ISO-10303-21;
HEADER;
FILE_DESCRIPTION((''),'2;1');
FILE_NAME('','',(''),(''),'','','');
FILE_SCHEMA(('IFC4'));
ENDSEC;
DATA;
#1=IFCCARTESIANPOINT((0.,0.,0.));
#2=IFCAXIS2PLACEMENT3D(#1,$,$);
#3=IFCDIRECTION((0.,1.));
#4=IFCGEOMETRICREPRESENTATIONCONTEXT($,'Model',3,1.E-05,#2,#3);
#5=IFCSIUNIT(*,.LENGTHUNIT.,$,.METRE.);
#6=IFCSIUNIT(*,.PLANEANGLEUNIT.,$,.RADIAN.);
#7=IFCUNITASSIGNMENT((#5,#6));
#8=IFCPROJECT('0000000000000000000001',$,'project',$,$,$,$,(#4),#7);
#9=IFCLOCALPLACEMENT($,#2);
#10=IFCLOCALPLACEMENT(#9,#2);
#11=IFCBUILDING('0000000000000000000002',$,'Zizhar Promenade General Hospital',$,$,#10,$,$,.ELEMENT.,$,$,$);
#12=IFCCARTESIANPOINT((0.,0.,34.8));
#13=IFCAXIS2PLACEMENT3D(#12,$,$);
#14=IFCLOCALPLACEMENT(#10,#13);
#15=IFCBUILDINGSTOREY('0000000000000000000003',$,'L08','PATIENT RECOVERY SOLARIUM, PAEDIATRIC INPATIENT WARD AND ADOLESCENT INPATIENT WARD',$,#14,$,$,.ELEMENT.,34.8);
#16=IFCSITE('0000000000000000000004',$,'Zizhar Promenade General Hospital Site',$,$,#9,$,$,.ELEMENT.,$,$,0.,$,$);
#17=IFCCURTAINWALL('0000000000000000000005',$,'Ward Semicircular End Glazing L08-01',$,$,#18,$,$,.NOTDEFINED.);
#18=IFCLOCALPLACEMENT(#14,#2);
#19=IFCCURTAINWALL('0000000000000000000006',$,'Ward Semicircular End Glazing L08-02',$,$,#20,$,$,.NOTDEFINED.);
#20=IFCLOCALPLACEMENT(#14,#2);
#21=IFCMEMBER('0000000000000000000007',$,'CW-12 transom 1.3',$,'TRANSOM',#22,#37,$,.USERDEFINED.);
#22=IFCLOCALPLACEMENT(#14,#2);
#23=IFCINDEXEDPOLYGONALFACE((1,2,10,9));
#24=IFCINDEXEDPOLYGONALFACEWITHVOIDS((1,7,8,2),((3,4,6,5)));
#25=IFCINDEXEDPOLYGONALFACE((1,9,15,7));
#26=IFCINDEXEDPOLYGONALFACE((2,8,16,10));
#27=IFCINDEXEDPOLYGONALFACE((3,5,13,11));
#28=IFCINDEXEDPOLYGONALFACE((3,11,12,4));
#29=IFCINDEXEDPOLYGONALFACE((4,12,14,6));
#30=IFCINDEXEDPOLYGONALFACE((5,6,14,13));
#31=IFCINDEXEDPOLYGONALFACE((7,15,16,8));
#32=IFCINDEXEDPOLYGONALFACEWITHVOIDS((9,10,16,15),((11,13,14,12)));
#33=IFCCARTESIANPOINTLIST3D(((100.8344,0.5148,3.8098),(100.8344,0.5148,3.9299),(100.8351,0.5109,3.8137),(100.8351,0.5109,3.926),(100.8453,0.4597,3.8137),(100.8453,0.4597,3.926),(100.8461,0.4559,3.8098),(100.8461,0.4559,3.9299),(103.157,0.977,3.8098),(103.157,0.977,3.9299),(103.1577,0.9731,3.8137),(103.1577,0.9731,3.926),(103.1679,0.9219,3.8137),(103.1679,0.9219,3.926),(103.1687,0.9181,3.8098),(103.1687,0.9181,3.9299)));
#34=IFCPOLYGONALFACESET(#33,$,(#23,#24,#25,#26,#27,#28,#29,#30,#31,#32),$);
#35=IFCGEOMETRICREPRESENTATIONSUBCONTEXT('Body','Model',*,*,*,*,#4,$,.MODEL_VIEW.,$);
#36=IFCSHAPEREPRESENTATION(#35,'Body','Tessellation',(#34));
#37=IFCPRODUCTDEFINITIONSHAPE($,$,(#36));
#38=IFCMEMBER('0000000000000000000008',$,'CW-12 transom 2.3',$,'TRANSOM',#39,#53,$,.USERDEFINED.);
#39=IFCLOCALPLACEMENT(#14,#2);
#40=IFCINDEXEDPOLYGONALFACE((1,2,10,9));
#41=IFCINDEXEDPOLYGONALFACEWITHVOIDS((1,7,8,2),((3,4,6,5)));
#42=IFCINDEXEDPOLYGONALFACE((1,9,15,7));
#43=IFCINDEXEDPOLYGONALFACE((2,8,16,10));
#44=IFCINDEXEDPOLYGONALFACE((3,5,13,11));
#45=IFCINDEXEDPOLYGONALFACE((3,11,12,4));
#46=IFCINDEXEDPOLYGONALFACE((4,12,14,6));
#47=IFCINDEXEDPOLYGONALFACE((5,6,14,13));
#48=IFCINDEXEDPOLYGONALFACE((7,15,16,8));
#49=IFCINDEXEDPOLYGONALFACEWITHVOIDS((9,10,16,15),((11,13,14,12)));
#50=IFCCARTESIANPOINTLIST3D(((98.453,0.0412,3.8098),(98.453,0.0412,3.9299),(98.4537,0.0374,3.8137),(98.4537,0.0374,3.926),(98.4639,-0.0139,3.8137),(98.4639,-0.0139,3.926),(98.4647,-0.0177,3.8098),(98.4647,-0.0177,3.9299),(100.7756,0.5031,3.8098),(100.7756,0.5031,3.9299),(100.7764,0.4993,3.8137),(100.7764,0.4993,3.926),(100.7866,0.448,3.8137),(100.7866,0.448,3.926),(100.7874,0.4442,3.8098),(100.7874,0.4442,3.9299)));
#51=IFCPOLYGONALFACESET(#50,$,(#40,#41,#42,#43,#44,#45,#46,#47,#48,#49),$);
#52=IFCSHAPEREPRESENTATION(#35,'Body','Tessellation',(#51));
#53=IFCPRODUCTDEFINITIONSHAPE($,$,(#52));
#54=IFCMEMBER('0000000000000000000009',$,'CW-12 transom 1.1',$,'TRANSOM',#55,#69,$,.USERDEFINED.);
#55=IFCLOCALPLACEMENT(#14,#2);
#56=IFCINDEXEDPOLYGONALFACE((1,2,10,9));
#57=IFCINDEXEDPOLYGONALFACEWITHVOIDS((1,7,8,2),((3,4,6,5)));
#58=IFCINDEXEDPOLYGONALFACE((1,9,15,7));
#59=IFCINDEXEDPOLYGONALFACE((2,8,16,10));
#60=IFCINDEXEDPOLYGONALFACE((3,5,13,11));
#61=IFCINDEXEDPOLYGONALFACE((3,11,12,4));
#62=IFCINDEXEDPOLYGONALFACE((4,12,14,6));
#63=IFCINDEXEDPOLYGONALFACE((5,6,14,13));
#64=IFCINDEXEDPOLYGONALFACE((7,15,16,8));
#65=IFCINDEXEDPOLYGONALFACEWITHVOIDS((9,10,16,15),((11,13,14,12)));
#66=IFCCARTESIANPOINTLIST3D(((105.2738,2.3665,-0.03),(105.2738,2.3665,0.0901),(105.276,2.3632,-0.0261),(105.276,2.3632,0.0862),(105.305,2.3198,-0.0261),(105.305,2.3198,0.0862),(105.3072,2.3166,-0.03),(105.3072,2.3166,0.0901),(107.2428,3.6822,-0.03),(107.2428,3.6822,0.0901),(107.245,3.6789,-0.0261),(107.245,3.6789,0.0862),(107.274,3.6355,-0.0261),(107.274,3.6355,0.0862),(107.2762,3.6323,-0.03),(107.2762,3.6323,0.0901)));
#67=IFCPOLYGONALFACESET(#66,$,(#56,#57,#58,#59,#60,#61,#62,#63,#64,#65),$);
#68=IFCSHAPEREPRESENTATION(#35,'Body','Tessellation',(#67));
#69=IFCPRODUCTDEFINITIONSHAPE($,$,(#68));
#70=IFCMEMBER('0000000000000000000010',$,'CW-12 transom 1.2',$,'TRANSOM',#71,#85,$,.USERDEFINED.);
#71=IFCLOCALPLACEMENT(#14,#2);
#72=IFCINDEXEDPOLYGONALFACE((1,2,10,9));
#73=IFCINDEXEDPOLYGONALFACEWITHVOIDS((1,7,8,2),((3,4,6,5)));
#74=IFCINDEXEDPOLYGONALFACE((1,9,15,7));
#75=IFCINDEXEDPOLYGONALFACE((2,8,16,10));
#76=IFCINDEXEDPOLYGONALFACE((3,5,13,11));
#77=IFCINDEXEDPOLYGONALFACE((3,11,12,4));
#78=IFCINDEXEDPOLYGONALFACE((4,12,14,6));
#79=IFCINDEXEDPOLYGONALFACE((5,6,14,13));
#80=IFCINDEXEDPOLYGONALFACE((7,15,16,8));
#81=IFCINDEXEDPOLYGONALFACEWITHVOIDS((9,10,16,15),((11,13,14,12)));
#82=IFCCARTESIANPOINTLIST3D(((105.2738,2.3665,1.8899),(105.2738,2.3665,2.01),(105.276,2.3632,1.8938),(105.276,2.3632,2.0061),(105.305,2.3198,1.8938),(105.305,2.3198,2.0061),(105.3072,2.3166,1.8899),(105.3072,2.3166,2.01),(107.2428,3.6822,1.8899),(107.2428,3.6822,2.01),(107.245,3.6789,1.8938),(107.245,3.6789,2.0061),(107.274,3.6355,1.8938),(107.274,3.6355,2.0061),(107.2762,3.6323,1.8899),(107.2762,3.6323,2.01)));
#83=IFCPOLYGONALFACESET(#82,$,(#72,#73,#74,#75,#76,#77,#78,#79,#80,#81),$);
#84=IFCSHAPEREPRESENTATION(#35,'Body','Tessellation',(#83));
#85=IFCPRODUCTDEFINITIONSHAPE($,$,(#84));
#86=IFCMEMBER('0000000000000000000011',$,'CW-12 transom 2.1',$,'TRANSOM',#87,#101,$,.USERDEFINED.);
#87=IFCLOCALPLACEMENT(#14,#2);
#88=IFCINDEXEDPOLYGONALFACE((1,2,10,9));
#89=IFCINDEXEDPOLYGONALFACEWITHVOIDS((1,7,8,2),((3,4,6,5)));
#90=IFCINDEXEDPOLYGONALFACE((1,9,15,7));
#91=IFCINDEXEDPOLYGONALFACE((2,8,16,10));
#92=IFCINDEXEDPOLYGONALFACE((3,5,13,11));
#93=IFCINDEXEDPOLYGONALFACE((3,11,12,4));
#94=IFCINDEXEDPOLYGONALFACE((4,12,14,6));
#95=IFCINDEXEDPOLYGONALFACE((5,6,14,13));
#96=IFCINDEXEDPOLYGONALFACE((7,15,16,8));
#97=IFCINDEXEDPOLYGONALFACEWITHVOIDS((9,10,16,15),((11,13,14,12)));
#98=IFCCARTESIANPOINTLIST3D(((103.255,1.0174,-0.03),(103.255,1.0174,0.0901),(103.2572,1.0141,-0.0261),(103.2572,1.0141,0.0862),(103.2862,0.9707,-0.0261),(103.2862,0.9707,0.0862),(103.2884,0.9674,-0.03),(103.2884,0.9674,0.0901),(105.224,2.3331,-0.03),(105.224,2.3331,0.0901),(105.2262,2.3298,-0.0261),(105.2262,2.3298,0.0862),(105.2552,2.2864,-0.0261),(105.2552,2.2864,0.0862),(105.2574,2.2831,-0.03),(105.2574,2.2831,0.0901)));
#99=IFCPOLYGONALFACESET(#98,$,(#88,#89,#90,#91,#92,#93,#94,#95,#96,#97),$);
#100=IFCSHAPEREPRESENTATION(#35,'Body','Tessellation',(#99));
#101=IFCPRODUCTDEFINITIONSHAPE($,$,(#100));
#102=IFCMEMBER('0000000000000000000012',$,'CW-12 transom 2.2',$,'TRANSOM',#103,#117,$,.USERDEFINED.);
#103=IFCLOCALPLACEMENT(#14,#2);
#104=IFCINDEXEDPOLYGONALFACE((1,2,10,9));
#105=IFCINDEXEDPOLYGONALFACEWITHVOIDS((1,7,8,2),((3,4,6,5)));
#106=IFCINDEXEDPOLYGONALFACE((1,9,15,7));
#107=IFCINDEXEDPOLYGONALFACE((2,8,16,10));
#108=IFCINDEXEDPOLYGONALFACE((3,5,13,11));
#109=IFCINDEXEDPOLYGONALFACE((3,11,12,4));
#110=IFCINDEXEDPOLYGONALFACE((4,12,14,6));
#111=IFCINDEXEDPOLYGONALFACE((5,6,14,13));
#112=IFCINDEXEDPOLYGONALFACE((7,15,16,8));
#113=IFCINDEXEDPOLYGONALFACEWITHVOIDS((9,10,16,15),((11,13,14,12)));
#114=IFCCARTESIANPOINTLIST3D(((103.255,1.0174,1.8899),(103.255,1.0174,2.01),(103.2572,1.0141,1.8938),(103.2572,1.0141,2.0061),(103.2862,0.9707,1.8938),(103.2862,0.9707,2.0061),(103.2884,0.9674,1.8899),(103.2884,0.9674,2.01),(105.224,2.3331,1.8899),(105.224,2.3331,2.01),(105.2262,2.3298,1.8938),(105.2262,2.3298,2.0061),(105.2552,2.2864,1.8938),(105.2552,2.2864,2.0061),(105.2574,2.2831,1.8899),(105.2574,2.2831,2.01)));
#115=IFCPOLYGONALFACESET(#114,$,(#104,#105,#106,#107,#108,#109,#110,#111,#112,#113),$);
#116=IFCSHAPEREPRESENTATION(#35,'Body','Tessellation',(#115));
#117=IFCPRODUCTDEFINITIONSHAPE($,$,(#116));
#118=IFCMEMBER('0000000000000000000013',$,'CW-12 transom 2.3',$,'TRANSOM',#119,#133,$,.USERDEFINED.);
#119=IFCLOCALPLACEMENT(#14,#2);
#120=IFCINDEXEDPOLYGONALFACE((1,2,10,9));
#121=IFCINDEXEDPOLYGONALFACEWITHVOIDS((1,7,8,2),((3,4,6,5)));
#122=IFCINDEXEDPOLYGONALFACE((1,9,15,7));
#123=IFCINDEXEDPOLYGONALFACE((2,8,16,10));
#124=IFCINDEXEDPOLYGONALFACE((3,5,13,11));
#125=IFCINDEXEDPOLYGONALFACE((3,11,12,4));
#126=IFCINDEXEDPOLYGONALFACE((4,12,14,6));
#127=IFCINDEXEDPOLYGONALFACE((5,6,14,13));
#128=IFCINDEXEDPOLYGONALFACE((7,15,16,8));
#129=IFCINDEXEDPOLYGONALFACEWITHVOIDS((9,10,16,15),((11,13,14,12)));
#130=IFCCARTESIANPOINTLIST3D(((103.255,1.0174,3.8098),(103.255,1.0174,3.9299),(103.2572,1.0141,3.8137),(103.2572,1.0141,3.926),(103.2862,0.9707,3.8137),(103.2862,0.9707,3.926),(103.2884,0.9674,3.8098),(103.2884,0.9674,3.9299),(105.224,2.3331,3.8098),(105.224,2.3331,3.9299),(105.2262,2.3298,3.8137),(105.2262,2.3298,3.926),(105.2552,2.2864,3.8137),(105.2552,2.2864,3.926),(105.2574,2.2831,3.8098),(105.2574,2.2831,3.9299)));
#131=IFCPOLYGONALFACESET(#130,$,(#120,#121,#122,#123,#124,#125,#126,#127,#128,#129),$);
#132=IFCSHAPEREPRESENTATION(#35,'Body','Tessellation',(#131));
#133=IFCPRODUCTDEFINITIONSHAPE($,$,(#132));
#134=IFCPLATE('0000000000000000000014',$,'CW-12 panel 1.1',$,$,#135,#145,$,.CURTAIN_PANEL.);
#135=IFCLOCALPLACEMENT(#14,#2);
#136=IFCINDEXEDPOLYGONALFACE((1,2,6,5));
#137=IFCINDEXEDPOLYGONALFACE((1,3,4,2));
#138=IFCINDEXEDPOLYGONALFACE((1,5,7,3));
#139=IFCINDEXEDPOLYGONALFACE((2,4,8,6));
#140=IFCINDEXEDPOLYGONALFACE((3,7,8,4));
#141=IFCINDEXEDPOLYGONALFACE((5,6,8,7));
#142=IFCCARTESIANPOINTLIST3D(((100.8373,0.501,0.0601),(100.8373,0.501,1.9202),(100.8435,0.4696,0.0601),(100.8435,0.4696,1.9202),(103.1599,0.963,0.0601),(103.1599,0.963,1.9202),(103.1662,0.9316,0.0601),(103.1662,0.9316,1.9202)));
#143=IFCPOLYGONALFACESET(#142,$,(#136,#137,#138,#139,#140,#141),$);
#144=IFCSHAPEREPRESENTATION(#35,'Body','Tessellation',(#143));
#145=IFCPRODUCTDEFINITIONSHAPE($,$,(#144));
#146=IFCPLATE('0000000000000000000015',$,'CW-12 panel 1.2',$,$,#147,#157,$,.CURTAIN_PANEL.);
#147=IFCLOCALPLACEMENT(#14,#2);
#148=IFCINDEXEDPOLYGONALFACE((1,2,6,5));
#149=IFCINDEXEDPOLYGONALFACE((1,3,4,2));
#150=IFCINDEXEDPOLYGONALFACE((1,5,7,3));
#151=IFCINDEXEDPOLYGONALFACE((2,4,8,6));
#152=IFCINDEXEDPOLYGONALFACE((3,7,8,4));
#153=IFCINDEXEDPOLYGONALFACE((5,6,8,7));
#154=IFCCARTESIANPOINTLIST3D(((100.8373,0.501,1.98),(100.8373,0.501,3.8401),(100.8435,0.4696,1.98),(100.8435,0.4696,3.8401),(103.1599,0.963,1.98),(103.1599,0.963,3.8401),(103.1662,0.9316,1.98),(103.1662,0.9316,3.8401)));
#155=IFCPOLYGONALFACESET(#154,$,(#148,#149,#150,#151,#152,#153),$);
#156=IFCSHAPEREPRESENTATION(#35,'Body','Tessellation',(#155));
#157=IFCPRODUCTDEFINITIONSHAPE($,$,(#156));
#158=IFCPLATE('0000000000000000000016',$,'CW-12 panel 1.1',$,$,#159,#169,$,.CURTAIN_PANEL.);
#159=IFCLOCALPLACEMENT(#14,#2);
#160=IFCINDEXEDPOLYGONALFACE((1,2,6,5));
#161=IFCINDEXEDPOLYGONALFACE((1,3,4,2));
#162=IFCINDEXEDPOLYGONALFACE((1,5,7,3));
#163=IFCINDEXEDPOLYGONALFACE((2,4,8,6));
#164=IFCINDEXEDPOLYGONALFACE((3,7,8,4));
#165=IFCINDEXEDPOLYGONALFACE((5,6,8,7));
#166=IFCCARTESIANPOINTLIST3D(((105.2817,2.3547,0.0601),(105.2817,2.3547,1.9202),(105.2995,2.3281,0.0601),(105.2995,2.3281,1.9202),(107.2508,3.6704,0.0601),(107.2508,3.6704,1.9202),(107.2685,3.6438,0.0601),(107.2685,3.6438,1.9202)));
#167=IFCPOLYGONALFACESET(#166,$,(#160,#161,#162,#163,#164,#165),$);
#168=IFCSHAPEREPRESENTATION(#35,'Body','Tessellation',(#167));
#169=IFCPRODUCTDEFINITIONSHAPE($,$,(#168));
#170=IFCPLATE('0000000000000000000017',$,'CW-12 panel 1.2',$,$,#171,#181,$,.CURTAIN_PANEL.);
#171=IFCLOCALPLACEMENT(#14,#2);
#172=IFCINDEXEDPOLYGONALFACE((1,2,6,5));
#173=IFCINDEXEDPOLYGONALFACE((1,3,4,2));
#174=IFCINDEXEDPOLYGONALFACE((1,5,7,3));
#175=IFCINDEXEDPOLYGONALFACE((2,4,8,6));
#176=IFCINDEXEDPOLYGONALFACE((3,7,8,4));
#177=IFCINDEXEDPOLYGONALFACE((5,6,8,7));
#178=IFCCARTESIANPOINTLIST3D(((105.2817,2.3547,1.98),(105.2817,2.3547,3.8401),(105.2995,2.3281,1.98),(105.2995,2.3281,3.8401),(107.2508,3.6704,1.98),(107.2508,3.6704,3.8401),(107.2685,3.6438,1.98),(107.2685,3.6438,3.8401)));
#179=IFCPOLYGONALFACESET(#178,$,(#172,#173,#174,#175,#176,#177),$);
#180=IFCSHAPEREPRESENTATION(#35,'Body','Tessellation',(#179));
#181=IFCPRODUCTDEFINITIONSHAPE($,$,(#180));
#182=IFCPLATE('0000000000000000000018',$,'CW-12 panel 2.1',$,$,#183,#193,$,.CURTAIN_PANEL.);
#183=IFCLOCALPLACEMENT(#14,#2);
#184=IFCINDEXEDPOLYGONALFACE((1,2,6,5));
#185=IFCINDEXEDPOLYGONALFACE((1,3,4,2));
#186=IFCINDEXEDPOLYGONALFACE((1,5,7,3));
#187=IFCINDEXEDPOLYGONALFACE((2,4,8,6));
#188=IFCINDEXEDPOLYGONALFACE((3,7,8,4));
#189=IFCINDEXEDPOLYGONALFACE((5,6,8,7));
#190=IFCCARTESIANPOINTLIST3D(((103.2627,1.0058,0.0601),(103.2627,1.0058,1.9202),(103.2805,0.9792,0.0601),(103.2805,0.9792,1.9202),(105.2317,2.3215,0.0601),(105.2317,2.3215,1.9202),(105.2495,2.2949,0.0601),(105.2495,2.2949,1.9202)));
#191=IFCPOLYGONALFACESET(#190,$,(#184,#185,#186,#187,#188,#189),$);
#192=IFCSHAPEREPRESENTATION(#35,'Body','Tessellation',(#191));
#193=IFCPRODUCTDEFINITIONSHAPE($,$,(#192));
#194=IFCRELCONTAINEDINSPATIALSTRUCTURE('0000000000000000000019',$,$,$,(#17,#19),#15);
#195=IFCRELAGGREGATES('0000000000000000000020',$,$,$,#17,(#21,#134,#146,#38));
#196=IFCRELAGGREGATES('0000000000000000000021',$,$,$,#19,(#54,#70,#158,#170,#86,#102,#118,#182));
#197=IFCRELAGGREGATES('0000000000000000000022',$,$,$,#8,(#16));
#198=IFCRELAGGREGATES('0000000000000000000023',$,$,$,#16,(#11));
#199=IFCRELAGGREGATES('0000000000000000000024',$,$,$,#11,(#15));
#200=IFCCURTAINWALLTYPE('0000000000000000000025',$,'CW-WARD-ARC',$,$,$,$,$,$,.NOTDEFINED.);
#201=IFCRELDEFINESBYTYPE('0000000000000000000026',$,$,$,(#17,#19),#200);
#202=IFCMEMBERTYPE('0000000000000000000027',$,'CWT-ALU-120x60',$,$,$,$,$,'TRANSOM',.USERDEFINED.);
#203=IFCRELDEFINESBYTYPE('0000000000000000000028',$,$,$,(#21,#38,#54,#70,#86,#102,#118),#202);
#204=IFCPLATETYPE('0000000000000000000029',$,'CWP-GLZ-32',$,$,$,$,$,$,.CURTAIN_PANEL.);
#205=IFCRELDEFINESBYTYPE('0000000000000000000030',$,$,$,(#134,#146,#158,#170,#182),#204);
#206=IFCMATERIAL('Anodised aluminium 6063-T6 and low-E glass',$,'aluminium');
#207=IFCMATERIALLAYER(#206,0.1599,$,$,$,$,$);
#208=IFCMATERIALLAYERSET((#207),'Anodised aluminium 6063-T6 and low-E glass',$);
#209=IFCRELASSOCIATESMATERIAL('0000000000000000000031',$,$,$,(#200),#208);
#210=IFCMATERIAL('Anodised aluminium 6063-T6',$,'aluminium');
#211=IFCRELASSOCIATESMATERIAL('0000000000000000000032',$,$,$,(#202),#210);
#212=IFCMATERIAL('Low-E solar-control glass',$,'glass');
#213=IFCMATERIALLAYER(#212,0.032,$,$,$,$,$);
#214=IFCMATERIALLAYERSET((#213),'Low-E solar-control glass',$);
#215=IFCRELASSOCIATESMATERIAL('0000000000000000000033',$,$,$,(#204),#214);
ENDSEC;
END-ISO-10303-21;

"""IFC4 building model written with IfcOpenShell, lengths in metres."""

from ifc_helpers import new_model, si_unit, direction, frame, origin, origin_2d, place, context, subcontext, project, spatial, rectangle, hollow_rectangle, extrude, material, layer, layer_set, material_profile, profile_set, type_object, element, aggregate, save


model = new_model("IFC4")

# Units and contexts
model_context = context("Model", 3, precision=1e-05, world=origin(), true_north=direction((0.0, 1.0)))
body_context = subcontext(model_context, "Body", "Model", "MODEL_VIEW")
ifc_project = project(units=[si_unit("LENGTHUNIT", "METRE"), si_unit("PLANEANGLEUNIT", "RADIAN")], contexts=[model_context])

# Site, building, storey
site_placement = place(None, origin())
site = spatial("IfcSite", under=ifc_project, at=site_placement, Name="Zizhar Promenade General Hospital Site", CompositionType="ELEMENT", RefElevation=0.0)
building_placement = place(site_placement, origin())
building = spatial("IfcBuilding", under=site, at=building_placement, Name="Zizhar Promenade General Hospital", CompositionType="ELEMENT")
storey_placement = place(building_placement, frame((0.0, 0.0, 34.8)))
storey = spatial("IfcBuildingStorey", under=building, at=storey_placement, Name="L08", Description="PATIENT RECOVERY SOLARIUM, PAEDIATRIC INPATIENT WARD AND ADOLESCENT INPATIENT WARD", CompositionType="ELEMENT", Elevation=34.8)

# Curtain walls
ifc_material_1 = material(Name="Anodised aluminium 6063-T6 and low-E glass", Category="aluminium")
ifc_layer_1 = layer(ifc_material_1, 0.1599)
ifc_layer_set_1 = layer_set([ifc_layer_1], Name="Anodised aluminium 6063-T6 and low-E glass")
curtain_wall_type = type_object("IfcCurtainWallType", Name="CW-WARD-ARC", PredefinedType="NOTDEFINED", material=ifc_layer_set_1)
curtain_wall_1_placement = place(storey_placement, origin())
curtain_wall_1 = element("IfcCurtainWall", 1, at=curtain_wall_1_placement, inside=storey, type_object=curtain_wall_type, Name="Ward Semicircular End Glazing L08-01", PredefinedType="NOTDEFINED")
curtain_wall_2_placement = place(storey_placement, origin())
curtain_wall_2 = element("IfcCurtainWall", 2, at=curtain_wall_2_placement, inside=storey, type_object=curtain_wall_type, Name="Ward Semicircular End Glazing L08-02", PredefinedType="NOTDEFINED")

# Members
ifc_material_2 = material(Name="Anodised aluminium 6063-T6", Category="aluminium")
ifc_material_profile_1 = material_profile(ifc_material_2, hollow_rectangle(XDim=0.0601, YDim=0.1201, WallThickness=0.0039, at=origin_2d()))
ifc_profile_set_1 = profile_set([ifc_material_profile_1], Name="Anodised aluminium 6063-T6")
member_type_1 = type_object("IfcMemberType", Name="CWT-ALU-120x60", ElementType="TRANSOM", PredefinedType="USERDEFINED", material=ifc_profile_set_1)
member_1_placement = place(storey_placement, frame((103.1628, 0.9475, 3.8699), z_axis=(-0.980771, -0.195164, 0.0), x_axis=(0.195164, -0.980771, 0.0)))
member_1 = element("IfcMember", 3, at=member_1_placement, type_object=member_type_1, Name="CW-12 transom 1.3", ObjectType="TRANSOM", PredefinedType="USERDEFINED", context=body_context, shape_type="SweptSolid", body=[
    extrude(hollow_rectangle(XDim=0.0601, YDim=0.1201, WallThickness=0.0039, at=origin_2d()), origin(), (0.0, 0.0, 1.0), 2.3682),
])
member_2_placement = place(storey_placement, frame((100.7815, 0.4736, 3.8699), z_axis=(-0.980794, -0.195045, 0.0), x_axis=(0.195045, -0.980794, 0.0)))
member_2 = element("IfcMember", 4, at=member_2_placement, type_object=member_type_1, Name="CW-12 transom 2.3", ObjectType="TRANSOM", PredefinedType="USERDEFINED", context=body_context, shape_type="SweptSolid", body=[
    extrude(hollow_rectangle(XDim=0.0601, YDim=0.1201, WallThickness=0.0039, at=origin_2d()), origin(), (0.0, 0.0, 1.0), 2.3682),
])
member_3_placement = place(storey_placement, frame((107.2595, 3.6572, 0.03), z_axis=(-0.831463, -0.55558, 0.0), x_axis=(0.55558, -0.831463, 0.0)))
member_3 = element("IfcMember", 5, at=member_3_placement, type_object=member_type_1, Name="CW-12 transom 1.1", ObjectType="TRANSOM", PredefinedType="USERDEFINED", context=body_context, shape_type="SweptSolid", body=[
    extrude(hollow_rectangle(XDim=0.0601, YDim=0.1201, WallThickness=0.0039, at=origin_2d()), origin(), (0.0, 0.0, 1.0), 2.3682),
])
member_4_placement = place(storey_placement, frame((107.2595, 3.6572, 1.95), z_axis=(-0.831463, -0.55558, 0.0), x_axis=(0.55558, -0.831463, 0.0)))
member_4 = element("IfcMember", 6, at=member_4_placement, type_object=member_type_1, Name="CW-12 transom 1.2", ObjectType="TRANSOM", PredefinedType="USERDEFINED", context=body_context, shape_type="SweptSolid", body=[
    extrude(hollow_rectangle(XDim=0.0601, YDim=0.1201, WallThickness=0.0039, at=origin_2d()), origin(), (0.0, 0.0, 1.0), 2.3682),
])
member_5_placement = place(storey_placement, frame((105.2407, 2.3081, 0.03), z_axis=(-0.831463, -0.55558, 0.0), x_axis=(0.55558, -0.831463, 0.0)))
member_5 = element("IfcMember", 7, at=member_5_placement, type_object=member_type_1, Name="CW-12 transom 2.1", ObjectType="TRANSOM", PredefinedType="USERDEFINED", context=body_context, shape_type="SweptSolid", body=[
    extrude(hollow_rectangle(XDim=0.0601, YDim=0.1201, WallThickness=0.0039, at=origin_2d()), origin(), (0.0, 0.0, 1.0), 2.3682),
])
member_6_placement = place(storey_placement, frame((105.2407, 2.3081, 1.95), z_axis=(-0.831463, -0.55558, 0.0), x_axis=(0.55558, -0.831463, 0.0)))
member_6 = element("IfcMember", 8, at=member_6_placement, type_object=member_type_1, Name="CW-12 transom 2.2", ObjectType="TRANSOM", PredefinedType="USERDEFINED", context=body_context, shape_type="SweptSolid", body=[
    extrude(hollow_rectangle(XDim=0.0601, YDim=0.1201, WallThickness=0.0039, at=origin_2d()), origin(), (0.0, 0.0, 1.0), 2.3682),
])
member_7_placement = place(storey_placement, frame((105.2407, 2.3081, 3.8699), z_axis=(-0.831463, -0.55558, 0.0), x_axis=(0.55558, -0.831463, 0.0)))
member_7 = element("IfcMember", 9, at=member_7_placement, type_object=member_type_1, Name="CW-12 transom 2.3", ObjectType="TRANSOM", PredefinedType="USERDEFINED", context=body_context, shape_type="SweptSolid", body=[
    extrude(hollow_rectangle(XDim=0.0601, YDim=0.1201, WallThickness=0.0039, at=origin_2d()), origin(), (0.0, 0.0, 1.0), 2.3682),
])

# Plates
ifc_material_3 = material(Name="Low-E solar-control glass", Category="glass")
ifc_layer_2 = layer(ifc_material_3, 0.032)
ifc_layer_set_2 = layer_set([ifc_layer_2], Name="Low-E solar-control glass")
plate_type = type_object("IfcPlateType", Name="CWP-GLZ-32", PredefinedType="CURTAIN_PANEL", material=ifc_layer_set_2)
plate_1_placement = place(storey_placement, frame((102.0017, 0.7163, 0.0601), z_axis=(0.0, 0.0, 1.0), x_axis=(-0.980786, -0.195087, 0.0)))
plate_1 = element("IfcPlate", 10, at=plate_1_placement, type_object=plate_type, Name="CW-12 panel 1.1", PredefinedType="CURTAIN_PANEL", context=body_context, shape_type="SweptSolid", body=[
    extrude(rectangle(XDim=2.3682, YDim=0.032, at=origin_2d()), origin(), (0.0, 0.0, 1.0), 1.8601),
])
plate_2_placement = place(storey_placement, frame((102.0017, 0.7163, 1.98), z_axis=(0.0, 0.0, 1.0), x_axis=(-0.980786, -0.195087, 0.0)))
plate_2 = element("IfcPlate", 11, at=plate_2_placement, type_object=plate_type, Name="CW-12 panel 1.2", PredefinedType="CURTAIN_PANEL", context=body_context, shape_type="SweptSolid", body=[
    extrude(rectangle(XDim=2.3682, YDim=0.032, at=origin_2d()), origin(), (0.0, 0.0, 1.0), 1.8601),
])
aggregate(curtain_wall_1, [member_1, plate_1, plate_2, member_2])
plate_3_placement = place(storey_placement, frame((106.2751, 2.9993, 0.0601), z_axis=(0.0, 0.0, 1.0), x_axis=(-0.831462, -0.555582, 0.0)))
plate_3 = element("IfcPlate", 12, at=plate_3_placement, type_object=plate_type, Name="CW-12 panel 1.1", PredefinedType="CURTAIN_PANEL", context=body_context, shape_type="SweptSolid", body=[
    extrude(rectangle(XDim=2.3682, YDim=0.032, at=origin_2d()), origin(), (0.0, 0.0, 1.0), 1.8601),
])
plate_4_placement = place(storey_placement, frame((106.2751, 2.9993, 1.98), z_axis=(0.0, 0.0, 1.0), x_axis=(-0.831462, -0.555582, 0.0)))
plate_4 = element("IfcPlate", 13, at=plate_4_placement, type_object=plate_type, Name="CW-12 panel 1.2", PredefinedType="CURTAIN_PANEL", context=body_context, shape_type="SweptSolid", body=[
    extrude(rectangle(XDim=2.3682, YDim=0.032, at=origin_2d()), origin(), (0.0, 0.0, 1.0), 1.8601),
])
plate_5_placement = place(storey_placement, frame((104.2561, 1.6504, 0.0601), z_axis=(0.0, 0.0, 1.0), x_axis=(-0.831462, -0.555582, 0.0)))
plate_5 = element("IfcPlate", 14, at=plate_5_placement, type_object=plate_type, Name="CW-12 panel 2.1", PredefinedType="CURTAIN_PANEL", context=body_context, shape_type="SweptSolid", body=[
    extrude(rectangle(XDim=2.3682, YDim=0.032, at=origin_2d()), origin(), (0.0, 0.0, 1.0), 1.8601),
])
aggregate(curtain_wall_2, [member_3, member_4, plate_3, plate_4, member_5, member_6, member_7, plate_5])

save(model, "model.ifc")
